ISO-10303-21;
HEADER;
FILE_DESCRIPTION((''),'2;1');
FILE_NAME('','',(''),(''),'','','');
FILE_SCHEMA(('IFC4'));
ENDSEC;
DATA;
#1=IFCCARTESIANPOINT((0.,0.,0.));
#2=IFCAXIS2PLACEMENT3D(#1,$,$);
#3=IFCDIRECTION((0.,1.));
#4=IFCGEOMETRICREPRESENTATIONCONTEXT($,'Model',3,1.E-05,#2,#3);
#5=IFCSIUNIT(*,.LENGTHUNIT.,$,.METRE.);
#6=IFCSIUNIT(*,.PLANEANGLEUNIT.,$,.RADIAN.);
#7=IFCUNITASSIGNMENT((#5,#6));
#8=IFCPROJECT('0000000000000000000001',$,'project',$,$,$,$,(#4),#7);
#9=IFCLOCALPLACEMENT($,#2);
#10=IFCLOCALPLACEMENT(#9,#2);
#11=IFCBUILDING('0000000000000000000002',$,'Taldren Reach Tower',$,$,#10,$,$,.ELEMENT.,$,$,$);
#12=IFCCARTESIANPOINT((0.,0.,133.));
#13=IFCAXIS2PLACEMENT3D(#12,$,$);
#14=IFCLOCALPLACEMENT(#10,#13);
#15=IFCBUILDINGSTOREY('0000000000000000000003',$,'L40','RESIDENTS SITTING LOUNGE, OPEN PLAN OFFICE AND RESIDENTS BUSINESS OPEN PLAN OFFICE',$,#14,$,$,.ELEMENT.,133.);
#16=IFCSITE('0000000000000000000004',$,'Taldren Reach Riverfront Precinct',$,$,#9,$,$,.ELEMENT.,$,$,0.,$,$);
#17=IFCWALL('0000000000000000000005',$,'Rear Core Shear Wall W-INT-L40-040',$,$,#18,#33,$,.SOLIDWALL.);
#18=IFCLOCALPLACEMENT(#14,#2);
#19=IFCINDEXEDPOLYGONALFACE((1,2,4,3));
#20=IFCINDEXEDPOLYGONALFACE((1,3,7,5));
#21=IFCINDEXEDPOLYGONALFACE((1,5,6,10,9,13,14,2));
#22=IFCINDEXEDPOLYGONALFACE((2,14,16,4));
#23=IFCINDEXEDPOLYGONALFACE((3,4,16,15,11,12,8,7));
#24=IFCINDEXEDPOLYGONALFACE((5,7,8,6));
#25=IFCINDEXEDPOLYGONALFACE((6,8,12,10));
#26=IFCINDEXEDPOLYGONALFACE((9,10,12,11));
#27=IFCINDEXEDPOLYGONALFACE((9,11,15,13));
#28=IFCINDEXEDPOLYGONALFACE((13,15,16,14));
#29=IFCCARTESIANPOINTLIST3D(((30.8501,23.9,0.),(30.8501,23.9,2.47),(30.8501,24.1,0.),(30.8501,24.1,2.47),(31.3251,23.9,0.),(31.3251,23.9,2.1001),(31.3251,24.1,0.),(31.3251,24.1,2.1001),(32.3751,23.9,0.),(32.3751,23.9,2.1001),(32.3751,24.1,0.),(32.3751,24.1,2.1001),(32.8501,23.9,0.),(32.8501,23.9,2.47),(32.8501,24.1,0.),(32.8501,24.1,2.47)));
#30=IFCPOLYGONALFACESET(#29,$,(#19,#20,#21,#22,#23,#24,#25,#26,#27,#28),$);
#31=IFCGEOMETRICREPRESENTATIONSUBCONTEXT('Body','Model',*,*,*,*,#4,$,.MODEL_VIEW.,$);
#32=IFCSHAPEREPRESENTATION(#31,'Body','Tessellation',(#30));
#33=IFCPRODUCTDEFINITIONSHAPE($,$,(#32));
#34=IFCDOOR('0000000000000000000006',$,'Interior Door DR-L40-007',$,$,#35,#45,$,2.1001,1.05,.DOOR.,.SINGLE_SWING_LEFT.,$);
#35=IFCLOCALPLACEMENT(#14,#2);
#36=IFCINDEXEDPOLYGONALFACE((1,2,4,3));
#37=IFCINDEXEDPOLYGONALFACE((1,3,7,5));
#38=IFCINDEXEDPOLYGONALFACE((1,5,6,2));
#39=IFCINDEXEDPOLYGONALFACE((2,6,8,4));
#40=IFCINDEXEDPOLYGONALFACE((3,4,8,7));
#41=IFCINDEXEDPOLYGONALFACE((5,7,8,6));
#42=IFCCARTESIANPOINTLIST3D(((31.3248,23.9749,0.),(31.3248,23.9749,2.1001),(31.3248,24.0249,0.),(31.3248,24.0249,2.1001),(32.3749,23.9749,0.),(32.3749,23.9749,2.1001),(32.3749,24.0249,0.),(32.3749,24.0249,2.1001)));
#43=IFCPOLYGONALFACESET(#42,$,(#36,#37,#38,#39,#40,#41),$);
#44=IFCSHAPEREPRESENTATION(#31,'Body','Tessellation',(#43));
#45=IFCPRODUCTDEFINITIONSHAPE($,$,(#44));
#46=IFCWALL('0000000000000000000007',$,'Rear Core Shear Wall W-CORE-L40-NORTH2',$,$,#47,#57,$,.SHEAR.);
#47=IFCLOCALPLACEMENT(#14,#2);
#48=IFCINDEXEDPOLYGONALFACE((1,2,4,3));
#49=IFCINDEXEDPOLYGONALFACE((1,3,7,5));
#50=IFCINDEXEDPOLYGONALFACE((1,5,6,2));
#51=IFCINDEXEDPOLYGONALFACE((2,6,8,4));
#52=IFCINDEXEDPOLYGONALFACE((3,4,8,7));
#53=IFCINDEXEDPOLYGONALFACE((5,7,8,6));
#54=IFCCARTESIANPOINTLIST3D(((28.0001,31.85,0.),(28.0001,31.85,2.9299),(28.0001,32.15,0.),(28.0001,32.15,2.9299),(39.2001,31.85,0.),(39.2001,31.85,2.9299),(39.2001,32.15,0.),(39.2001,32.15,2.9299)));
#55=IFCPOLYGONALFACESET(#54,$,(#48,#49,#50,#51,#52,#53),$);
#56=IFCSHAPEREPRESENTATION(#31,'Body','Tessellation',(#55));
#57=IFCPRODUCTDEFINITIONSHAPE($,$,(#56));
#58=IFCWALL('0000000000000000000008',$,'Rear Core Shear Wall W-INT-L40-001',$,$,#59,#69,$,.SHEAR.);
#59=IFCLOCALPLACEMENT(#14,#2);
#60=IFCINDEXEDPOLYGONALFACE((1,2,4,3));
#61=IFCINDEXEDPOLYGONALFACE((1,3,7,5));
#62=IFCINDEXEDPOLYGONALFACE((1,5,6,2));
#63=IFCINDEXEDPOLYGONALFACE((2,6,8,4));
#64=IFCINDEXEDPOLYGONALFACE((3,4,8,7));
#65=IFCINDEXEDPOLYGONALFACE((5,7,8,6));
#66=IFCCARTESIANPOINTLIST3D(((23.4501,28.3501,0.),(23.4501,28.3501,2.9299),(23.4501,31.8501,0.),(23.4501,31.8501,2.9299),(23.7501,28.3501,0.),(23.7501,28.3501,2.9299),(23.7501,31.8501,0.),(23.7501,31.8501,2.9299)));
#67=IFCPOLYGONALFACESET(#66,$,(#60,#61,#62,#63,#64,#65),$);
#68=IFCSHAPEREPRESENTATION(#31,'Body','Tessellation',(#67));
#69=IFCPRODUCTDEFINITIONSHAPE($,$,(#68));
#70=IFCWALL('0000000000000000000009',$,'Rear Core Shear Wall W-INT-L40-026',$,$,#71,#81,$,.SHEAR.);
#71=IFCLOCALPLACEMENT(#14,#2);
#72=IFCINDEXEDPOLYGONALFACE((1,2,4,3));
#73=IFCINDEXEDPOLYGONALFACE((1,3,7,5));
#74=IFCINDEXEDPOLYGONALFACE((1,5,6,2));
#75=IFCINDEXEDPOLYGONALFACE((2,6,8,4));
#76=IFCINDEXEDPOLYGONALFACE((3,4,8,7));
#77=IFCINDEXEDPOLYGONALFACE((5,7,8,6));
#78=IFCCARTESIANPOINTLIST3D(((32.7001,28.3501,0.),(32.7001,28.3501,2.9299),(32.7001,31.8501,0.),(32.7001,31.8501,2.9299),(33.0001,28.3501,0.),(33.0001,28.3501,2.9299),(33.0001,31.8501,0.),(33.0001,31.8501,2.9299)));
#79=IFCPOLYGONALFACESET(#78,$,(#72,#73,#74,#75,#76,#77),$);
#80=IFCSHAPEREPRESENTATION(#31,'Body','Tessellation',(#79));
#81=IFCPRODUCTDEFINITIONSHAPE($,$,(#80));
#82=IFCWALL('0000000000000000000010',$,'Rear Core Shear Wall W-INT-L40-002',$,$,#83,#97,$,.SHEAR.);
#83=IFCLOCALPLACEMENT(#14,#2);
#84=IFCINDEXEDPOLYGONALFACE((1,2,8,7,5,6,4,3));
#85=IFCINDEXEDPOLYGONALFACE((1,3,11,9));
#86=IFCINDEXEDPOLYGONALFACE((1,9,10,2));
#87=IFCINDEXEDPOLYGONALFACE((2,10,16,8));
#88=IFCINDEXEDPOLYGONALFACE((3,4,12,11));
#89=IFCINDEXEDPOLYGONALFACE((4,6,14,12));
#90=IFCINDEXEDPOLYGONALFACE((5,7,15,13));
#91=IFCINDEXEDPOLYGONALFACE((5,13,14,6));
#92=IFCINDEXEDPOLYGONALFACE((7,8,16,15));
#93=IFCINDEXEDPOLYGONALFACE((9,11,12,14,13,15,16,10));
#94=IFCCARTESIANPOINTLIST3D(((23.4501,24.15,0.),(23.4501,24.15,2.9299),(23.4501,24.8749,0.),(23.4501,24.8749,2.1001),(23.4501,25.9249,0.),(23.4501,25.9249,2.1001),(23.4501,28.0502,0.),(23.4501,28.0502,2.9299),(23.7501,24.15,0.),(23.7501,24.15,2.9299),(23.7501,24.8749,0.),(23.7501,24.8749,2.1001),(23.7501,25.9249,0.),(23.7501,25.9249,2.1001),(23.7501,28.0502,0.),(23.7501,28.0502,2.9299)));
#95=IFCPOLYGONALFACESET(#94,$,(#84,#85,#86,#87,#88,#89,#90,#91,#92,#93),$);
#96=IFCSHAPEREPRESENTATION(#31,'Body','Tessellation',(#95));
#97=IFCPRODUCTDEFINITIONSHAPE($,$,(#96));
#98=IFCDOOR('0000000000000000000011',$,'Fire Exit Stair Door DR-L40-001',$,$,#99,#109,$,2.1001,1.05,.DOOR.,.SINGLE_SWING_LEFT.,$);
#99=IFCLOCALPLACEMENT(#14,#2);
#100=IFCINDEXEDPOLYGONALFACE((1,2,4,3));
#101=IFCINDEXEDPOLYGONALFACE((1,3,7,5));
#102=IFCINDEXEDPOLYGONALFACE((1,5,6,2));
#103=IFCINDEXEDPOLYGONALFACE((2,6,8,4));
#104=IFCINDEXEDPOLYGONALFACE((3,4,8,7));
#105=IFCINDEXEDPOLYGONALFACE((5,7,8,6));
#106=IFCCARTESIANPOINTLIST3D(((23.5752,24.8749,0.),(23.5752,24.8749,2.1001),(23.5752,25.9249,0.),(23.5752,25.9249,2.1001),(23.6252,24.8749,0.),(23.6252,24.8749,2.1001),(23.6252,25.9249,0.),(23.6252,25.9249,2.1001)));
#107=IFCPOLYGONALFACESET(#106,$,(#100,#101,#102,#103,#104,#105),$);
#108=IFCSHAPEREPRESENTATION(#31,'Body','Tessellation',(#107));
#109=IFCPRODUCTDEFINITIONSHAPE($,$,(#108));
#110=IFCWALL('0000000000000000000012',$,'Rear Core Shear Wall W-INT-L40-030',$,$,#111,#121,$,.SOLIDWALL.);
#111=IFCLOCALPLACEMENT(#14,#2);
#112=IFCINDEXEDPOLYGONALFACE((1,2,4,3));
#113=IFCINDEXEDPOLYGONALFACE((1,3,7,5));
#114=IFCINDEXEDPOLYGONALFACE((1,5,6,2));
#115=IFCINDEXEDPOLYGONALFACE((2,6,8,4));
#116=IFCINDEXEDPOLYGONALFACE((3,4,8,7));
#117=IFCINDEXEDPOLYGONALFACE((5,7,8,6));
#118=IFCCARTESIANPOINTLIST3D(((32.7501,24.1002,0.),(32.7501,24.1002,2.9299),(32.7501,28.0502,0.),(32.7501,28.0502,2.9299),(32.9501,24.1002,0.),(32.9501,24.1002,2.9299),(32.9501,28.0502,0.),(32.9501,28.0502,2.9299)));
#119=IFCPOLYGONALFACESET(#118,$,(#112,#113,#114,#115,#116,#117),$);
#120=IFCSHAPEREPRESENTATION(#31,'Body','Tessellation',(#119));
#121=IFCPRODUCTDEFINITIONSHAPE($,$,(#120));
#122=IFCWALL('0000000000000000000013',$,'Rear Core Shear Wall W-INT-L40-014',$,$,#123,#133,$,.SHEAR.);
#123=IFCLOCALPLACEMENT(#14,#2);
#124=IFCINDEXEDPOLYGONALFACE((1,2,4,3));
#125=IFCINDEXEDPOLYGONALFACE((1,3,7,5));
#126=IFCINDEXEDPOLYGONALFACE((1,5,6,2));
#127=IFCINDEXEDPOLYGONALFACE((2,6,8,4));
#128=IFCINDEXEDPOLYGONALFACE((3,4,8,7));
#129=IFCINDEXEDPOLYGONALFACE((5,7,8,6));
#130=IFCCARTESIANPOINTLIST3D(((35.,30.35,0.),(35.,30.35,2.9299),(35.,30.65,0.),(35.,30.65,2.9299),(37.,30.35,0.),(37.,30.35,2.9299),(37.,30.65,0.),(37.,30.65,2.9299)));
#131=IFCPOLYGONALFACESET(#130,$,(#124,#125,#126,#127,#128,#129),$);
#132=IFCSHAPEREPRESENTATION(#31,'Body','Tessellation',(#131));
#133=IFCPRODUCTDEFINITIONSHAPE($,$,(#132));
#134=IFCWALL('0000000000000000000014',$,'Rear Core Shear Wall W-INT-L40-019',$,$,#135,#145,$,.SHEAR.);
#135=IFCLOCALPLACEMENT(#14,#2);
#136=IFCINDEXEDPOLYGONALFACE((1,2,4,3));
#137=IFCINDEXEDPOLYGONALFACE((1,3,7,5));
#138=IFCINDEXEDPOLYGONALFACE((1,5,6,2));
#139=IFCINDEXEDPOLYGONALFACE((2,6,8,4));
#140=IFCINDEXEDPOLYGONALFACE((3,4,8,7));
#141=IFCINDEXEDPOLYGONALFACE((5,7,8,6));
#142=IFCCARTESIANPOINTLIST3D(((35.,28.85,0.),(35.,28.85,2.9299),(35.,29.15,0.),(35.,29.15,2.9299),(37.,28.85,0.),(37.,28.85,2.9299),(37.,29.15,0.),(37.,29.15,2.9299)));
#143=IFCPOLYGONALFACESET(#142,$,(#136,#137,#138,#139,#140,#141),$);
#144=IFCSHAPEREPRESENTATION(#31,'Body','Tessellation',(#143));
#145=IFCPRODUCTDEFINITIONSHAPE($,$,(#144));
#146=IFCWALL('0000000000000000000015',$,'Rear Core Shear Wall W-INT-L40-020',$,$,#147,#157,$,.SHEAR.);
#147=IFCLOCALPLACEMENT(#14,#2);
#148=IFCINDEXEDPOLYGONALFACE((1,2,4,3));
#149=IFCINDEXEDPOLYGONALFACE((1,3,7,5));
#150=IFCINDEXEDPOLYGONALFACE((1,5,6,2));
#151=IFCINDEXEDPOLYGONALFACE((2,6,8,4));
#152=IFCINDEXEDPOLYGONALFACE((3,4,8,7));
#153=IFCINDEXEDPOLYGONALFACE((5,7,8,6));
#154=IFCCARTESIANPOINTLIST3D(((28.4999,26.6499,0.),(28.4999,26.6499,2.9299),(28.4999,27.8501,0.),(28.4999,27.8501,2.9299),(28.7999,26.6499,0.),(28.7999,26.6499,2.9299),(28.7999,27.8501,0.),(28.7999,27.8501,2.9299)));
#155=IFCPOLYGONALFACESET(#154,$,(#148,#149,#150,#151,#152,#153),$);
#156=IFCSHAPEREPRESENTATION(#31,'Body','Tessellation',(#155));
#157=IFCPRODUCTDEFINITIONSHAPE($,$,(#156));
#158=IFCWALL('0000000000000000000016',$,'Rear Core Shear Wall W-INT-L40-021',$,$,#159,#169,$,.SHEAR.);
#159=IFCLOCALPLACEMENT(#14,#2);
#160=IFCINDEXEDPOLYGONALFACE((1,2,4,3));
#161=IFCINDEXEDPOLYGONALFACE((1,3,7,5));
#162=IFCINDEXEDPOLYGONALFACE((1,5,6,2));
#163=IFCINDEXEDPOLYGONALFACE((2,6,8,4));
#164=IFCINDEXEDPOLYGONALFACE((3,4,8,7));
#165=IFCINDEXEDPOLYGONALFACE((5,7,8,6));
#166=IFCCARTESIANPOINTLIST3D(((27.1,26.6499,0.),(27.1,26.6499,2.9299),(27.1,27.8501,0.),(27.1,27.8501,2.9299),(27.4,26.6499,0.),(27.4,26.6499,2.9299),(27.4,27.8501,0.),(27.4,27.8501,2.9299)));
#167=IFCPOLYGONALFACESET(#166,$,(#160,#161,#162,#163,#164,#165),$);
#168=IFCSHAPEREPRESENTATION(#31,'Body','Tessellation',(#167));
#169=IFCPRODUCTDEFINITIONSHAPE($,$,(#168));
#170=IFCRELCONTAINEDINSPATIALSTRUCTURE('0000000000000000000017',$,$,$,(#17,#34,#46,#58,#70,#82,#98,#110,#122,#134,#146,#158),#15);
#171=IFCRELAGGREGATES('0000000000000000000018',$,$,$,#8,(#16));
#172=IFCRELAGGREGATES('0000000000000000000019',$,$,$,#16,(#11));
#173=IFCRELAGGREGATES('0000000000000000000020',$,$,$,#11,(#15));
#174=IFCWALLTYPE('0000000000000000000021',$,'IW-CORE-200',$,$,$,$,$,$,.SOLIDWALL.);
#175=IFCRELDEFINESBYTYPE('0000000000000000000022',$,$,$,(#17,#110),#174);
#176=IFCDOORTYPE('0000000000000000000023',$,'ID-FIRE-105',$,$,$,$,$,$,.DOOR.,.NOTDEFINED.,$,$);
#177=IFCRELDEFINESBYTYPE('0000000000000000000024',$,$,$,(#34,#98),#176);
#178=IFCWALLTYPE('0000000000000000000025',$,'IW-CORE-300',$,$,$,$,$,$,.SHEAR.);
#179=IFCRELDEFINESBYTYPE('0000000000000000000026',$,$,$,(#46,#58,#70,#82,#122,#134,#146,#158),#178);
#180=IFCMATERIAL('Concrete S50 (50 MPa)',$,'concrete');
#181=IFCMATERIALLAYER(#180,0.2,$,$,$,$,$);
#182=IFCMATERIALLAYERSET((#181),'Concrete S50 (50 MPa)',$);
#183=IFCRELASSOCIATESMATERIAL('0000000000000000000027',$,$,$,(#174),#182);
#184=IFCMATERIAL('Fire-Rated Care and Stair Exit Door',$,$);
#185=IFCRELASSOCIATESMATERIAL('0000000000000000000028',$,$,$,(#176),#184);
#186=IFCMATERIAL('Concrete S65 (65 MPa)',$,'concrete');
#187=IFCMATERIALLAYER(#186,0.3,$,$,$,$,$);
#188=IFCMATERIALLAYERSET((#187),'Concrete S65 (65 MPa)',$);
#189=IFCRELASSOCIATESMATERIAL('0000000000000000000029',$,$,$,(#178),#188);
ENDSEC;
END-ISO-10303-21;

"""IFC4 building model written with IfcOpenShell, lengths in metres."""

from ifc_helpers import new_model, si_unit, direction, frame, frame_2d, origin, place, context, subcontext, project, spatial, rectangle, extrude, source, transform, mapped, material, layer, layer_set, type_object, element, fill, save


model = new_model("IFC4")

# Units and contexts
model_context = context("Model", 3, precision=1e-05, world=origin(), true_north=direction((0.0, 1.0)))
body_context = subcontext(model_context, "Body", "Model", "MODEL_VIEW")
ifc_project = project(units=[si_unit("LENGTHUNIT", "METRE"), si_unit("PLANEANGLEUNIT", "RADIAN")], contexts=[model_context])

# Site, building, storey
site_placement = place(None, origin())
site = spatial("IfcSite", under=ifc_project, at=site_placement, Name="Taldren Reach Riverfront Precinct", CompositionType="ELEMENT", RefElevation=0.0)
building_placement = place(site_placement, origin())
building = spatial("IfcBuilding", under=site, at=building_placement, Name="Taldren Reach Tower", CompositionType="ELEMENT")
storey_placement = place(building_placement, frame((0.0, 0.0, 133.0)))
storey = spatial("IfcBuildingStorey", under=building, at=storey_placement, Name="L40", Description="RESIDENTS SITTING LOUNGE, OPEN PLAN OFFICE AND RESIDENTS BUSINESS OPEN PLAN OFFICE", CompositionType="ELEMENT", Elevation=133.0)

# Wall, opening, door
ifc_material_1 = material(Name="Concrete S50 (50 MPa)", Category="concrete")
ifc_layer_1 = layer(ifc_material_1, 0.2)
ifc_layer_set_1 = layer_set([ifc_layer_1], Name="Concrete S50 (50 MPa)")
wall_type_1 = type_object("IfcWallType", Name="IW-CORE-200", PredefinedType="SOLIDWALL", material=ifc_layer_set_1)
shared_shape_1 = source(origin(), body_context, "Body", "SweptSolid", [
    extrude(rectangle(XDim=2.0, YDim=0.2, at=frame_2d((1.0, 0.0))), origin(), (0.0, 0.0, 1.0), 2.47),
])
shared_shape_2 = source(origin(), body_context, "Body", "SweptSolid", [
    extrude(rectangle(XDim=1.05, YDim=2.1001, at=frame_2d((0.5249, 1.05))), frame((0.0, 0.1099, 0.0), z_axis=(0.0, -1.0, 0.0), x_axis=(1.0, 0.0, 0.0)), (0.0, 0.0, 1.0), 0.22),
])
ifc_material_2 = material(Name="Fire-Rated Care and Stair Exit Door")
door_type_1 = type_object("IfcDoorType", Name="ID-FIRE-105", OperationType="NOTDEFINED", PredefinedType="DOOR", material=ifc_material_2)
shared_shape_3 = source(origin(), body_context, "Body", "SweptSolid", [
    extrude(rectangle(XDim=1.05, YDim=2.1001, at=frame_2d((0.5249, 1.05))), frame((0.0, 0.0249, 0.0), z_axis=(0.0, -1.0, 0.0), x_axis=(1.0, 0.0, 0.0)), (0.0, 0.0, 1.0), 0.05),
])
wall_1_placement = place(storey_placement, frame((32.8501, 24.0, 0.0), z_axis=(0.0, 0.0, 1.0), x_axis=(-1.0, 0.0, 0.0)))
wall_1 = element("IfcWall", 1, at=wall_1_placement, inside=storey, type_object=wall_type_1, Name="Rear Core Shear Wall W-INT-L40-040", PredefinedType="SOLIDWALL", context=body_context, shape_type="MappedRepresentation", body=[
    mapped(shared_shape_1, transform((0.0, 0.0, 0.0), scale=1.0)),
])
opening_1_placement = place(wall_1_placement, frame((0.4751, 0.0, 0.0)))
opening_1 = element("IfcOpeningElement", 2, at=opening_1_placement, cuts=wall_1, PredefinedType="OPENING", context=body_context, shape_type="MappedRepresentation", body=[
    mapped(shared_shape_2, transform((0.0, 0.0, 0.0), scale=1.0)),
])
door_1_placement = place(opening_1_placement, frame((1.05, 0.0, 0.0), z_axis=(0.0, 0.0, 1.0), x_axis=(-1.0, 0.0, 0.0)))
door_1 = element("IfcDoor", 3, at=door_1_placement, inside=storey, type_object=door_type_1, Name="Interior Door DR-L40-007", OperationType="SINGLE_SWING_LEFT", OverallHeight=2.1001, OverallWidth=1.05, PredefinedType="DOOR", context=body_context, shape_type="MappedRepresentation", body=[
    mapped(shared_shape_3, transform((0.0, 0.0, 0.0), scale=1.0)),
])
fill(opening_1, door_1)

# Walls
ifc_material_3 = material(Name="Concrete S65 (65 MPa)", Category="concrete")
ifc_layer_2 = layer(ifc_material_3, 0.3)
ifc_layer_set_2 = layer_set([ifc_layer_2], Name="Concrete S65 (65 MPa)")
wall_type_2 = type_object("IfcWallType", Name="IW-CORE-300", PredefinedType="SHEAR", material=ifc_layer_set_2)
shared_shape_4 = source(origin(), body_context, "Body", "SweptSolid", [
    extrude(rectangle(XDim=11.2, YDim=0.3, at=frame_2d((5.6001, 0.0))), origin(), (0.0, 0.0, 1.0), 2.9299),
])
wall_2_placement = place(storey_placement, frame((28.0, 32.0, 0.0), z_axis=(0.0, 0.0, 1.0), x_axis=(1.0, 0.0, 0.0)))
element("IfcWall", 4, at=wall_2_placement, inside=storey, type_object=wall_type_2, Name="Rear Core Shear Wall W-CORE-L40-NORTH2", PredefinedType="SHEAR", context=body_context, shape_type="MappedRepresentation", body=[
    mapped(shared_shape_4, transform((0.0, 0.0, 0.0), scale=1.0)),
])
shared_shape_5 = source(origin(), body_context, "Body", "SweptSolid", [
    extrude(rectangle(XDim=3.5, YDim=0.3, at=frame_2d((1.75, 0.0))), origin(), (0.0, 0.0, 1.0), 2.9299),
])
for number, where, z_axis, x_axis, name in (
    (5, (23.6001, 28.3501, 0.0), (0.0, 0.0, 1.0), (0.0, 1.0, 0.0), "Rear Core Shear Wall W-INT-L40-001"),
    (6, (32.8501, 31.8501, 0.0), (0.0, 0.0, 1.0), (0.0, -1.0, 0.0), "Rear Core Shear Wall W-INT-L40-026"),
):
    element("IfcWall", number, at=place(storey_placement, frame(where, z_axis=z_axis, x_axis=x_axis)), inside=storey, type_object=wall_type_2, Name=name, PredefinedType="SHEAR", context=body_context, shape_type="MappedRepresentation", body=[
        mapped(shared_shape_5, transform((0.0, 0.0, 0.0), scale=1.0)),
    ])

# Wall, opening, door
shared_shape_6 = source(origin(), body_context, "Body", "SweptSolid", [
    extrude(rectangle(XDim=3.9001, YDim=0.3, at=frame_2d((1.9502, 0.0))), origin(), (0.0, 0.0, 1.0), 2.9299),
])
wall_3_placement = place(storey_placement, frame((23.6001, 24.1499, 0.0), z_axis=(0.0, 0.0, 1.0), x_axis=(0.0, 1.0, 0.0)))
wall_3 = element("IfcWall", 7, at=wall_3_placement, inside=storey, type_object=wall_type_2, Name="Rear Core Shear Wall W-INT-L40-002", PredefinedType="SHEAR", context=body_context, shape_type="MappedRepresentation", body=[
    mapped(shared_shape_6, transform((0.0, 0.0, 0.0), scale=1.0)),
])
shared_shape_7 = source(origin(), body_context, "Body", "SweptSolid", [
    extrude(rectangle(XDim=1.05, YDim=2.1001, at=frame_2d((0.5249, 1.05))), frame((0.0, 0.1602, 0.0), z_axis=(0.0, -1.0, 0.0), x_axis=(1.0, 0.0, 0.0)), (0.0, 0.0, 1.0), 0.3201),
])
opening_2_placement = place(wall_3_placement, frame((0.7251, 0.0, 0.0)))
opening_2 = element("IfcOpeningElement", 8, at=opening_2_placement, cuts=wall_3, PredefinedType="OPENING", context=body_context, shape_type="MappedRepresentation", body=[
    mapped(shared_shape_7, transform((0.0, 0.0, 0.0), scale=1.0)),
])
door_2_placement = place(opening_2_placement, origin())
door_2 = element("IfcDoor", 9, at=door_2_placement, inside=storey, type_object=door_type_1, Name="Fire Exit Stair Door DR-L40-001", OperationType="SINGLE_SWING_LEFT", OverallHeight=2.1001, OverallWidth=1.05, PredefinedType="DOOR", context=body_context, shape_type="MappedRepresentation", body=[
    mapped(shared_shape_3, transform((0.0, 0.0, 0.0), scale=1.0)),
])
fill(opening_2, door_2)

# Walls
shared_shape_8 = source(origin(), body_context, "Body", "SweptSolid", [
    extrude(rectangle(XDim=3.95, YDim=0.2, at=frame_2d((1.9751, 0.0))), origin(), (0.0, 0.0, 1.0), 2.9299),
])
wall_4_placement = place(storey_placement, frame((32.8501, 24.1001, 0.0), z_axis=(0.0, 0.0, 1.0), x_axis=(0.0, 1.0, 0.0)))
element("IfcWall", 10, at=wall_4_placement, inside=storey, type_object=wall_type_1, Name="Rear Core Shear Wall W-INT-L40-030", PredefinedType="SOLIDWALL", context=body_context, shape_type="MappedRepresentation", body=[
    mapped(shared_shape_8, transform((0.0, 0.0, 0.0), scale=1.0)),
])
shared_shape_9 = source(origin(), body_context, "Body", "SweptSolid", [
    extrude(rectangle(XDim=2.0, YDim=0.3, at=frame_2d((1.0, 0.0))), origin(), (0.0, 0.0, 1.0), 2.9299),
])
for number, where, z_axis, x_axis, name in (
    (11, (35.0, 30.5, 0.0), (0.0, 0.0, 1.0), (1.0, 0.0, 0.0), "Rear Core Shear Wall W-INT-L40-014"),
    (12, (35.0, 29.0, 0.0), (0.0, 0.0, 1.0), (1.0, 0.0, 0.0), "Rear Core Shear Wall W-INT-L40-019"),
):
    element("IfcWall", number, at=place(storey_placement, frame(where, z_axis=z_axis, x_axis=x_axis)), inside=storey, type_object=wall_type_2, Name=name, PredefinedType="SHEAR", context=body_context, shape_type="MappedRepresentation", body=[
        mapped(shared_shape_9, transform((0.0, 0.0, 0.0), scale=1.0)),
    ])
shared_shape_10 = source(origin(), body_context, "Body", "SweptSolid", [
    extrude(rectangle(XDim=1.2002, YDim=0.3, at=frame_2d((0.6001, 0.0))), origin(), (0.0, 0.0, 1.0), 2.9299),
])
for number, where, z_axis, x_axis, name in (
    (13, (28.6499, 26.6499, 0.0), (0.0, 0.0, 1.0), (0.0, 1.0, 0.0), "Rear Core Shear Wall W-INT-L40-020"),
    (14, (27.25, 27.8501, 0.0), (0.0, 0.0, 1.0), (0.0, -1.0, 0.0), "Rear Core Shear Wall W-INT-L40-021"),
):
    element("IfcWall", number, at=place(storey_placement, frame(where, z_axis=z_axis, x_axis=x_axis)), inside=storey, type_object=wall_type_2, Name=name, PredefinedType="SHEAR", context=body_context, shape_type="MappedRepresentation", body=[
        mapped(shared_shape_10, transform((0.0, 0.0, 0.0), scale=1.0)),
    ])

save(model, "model.ifc")
